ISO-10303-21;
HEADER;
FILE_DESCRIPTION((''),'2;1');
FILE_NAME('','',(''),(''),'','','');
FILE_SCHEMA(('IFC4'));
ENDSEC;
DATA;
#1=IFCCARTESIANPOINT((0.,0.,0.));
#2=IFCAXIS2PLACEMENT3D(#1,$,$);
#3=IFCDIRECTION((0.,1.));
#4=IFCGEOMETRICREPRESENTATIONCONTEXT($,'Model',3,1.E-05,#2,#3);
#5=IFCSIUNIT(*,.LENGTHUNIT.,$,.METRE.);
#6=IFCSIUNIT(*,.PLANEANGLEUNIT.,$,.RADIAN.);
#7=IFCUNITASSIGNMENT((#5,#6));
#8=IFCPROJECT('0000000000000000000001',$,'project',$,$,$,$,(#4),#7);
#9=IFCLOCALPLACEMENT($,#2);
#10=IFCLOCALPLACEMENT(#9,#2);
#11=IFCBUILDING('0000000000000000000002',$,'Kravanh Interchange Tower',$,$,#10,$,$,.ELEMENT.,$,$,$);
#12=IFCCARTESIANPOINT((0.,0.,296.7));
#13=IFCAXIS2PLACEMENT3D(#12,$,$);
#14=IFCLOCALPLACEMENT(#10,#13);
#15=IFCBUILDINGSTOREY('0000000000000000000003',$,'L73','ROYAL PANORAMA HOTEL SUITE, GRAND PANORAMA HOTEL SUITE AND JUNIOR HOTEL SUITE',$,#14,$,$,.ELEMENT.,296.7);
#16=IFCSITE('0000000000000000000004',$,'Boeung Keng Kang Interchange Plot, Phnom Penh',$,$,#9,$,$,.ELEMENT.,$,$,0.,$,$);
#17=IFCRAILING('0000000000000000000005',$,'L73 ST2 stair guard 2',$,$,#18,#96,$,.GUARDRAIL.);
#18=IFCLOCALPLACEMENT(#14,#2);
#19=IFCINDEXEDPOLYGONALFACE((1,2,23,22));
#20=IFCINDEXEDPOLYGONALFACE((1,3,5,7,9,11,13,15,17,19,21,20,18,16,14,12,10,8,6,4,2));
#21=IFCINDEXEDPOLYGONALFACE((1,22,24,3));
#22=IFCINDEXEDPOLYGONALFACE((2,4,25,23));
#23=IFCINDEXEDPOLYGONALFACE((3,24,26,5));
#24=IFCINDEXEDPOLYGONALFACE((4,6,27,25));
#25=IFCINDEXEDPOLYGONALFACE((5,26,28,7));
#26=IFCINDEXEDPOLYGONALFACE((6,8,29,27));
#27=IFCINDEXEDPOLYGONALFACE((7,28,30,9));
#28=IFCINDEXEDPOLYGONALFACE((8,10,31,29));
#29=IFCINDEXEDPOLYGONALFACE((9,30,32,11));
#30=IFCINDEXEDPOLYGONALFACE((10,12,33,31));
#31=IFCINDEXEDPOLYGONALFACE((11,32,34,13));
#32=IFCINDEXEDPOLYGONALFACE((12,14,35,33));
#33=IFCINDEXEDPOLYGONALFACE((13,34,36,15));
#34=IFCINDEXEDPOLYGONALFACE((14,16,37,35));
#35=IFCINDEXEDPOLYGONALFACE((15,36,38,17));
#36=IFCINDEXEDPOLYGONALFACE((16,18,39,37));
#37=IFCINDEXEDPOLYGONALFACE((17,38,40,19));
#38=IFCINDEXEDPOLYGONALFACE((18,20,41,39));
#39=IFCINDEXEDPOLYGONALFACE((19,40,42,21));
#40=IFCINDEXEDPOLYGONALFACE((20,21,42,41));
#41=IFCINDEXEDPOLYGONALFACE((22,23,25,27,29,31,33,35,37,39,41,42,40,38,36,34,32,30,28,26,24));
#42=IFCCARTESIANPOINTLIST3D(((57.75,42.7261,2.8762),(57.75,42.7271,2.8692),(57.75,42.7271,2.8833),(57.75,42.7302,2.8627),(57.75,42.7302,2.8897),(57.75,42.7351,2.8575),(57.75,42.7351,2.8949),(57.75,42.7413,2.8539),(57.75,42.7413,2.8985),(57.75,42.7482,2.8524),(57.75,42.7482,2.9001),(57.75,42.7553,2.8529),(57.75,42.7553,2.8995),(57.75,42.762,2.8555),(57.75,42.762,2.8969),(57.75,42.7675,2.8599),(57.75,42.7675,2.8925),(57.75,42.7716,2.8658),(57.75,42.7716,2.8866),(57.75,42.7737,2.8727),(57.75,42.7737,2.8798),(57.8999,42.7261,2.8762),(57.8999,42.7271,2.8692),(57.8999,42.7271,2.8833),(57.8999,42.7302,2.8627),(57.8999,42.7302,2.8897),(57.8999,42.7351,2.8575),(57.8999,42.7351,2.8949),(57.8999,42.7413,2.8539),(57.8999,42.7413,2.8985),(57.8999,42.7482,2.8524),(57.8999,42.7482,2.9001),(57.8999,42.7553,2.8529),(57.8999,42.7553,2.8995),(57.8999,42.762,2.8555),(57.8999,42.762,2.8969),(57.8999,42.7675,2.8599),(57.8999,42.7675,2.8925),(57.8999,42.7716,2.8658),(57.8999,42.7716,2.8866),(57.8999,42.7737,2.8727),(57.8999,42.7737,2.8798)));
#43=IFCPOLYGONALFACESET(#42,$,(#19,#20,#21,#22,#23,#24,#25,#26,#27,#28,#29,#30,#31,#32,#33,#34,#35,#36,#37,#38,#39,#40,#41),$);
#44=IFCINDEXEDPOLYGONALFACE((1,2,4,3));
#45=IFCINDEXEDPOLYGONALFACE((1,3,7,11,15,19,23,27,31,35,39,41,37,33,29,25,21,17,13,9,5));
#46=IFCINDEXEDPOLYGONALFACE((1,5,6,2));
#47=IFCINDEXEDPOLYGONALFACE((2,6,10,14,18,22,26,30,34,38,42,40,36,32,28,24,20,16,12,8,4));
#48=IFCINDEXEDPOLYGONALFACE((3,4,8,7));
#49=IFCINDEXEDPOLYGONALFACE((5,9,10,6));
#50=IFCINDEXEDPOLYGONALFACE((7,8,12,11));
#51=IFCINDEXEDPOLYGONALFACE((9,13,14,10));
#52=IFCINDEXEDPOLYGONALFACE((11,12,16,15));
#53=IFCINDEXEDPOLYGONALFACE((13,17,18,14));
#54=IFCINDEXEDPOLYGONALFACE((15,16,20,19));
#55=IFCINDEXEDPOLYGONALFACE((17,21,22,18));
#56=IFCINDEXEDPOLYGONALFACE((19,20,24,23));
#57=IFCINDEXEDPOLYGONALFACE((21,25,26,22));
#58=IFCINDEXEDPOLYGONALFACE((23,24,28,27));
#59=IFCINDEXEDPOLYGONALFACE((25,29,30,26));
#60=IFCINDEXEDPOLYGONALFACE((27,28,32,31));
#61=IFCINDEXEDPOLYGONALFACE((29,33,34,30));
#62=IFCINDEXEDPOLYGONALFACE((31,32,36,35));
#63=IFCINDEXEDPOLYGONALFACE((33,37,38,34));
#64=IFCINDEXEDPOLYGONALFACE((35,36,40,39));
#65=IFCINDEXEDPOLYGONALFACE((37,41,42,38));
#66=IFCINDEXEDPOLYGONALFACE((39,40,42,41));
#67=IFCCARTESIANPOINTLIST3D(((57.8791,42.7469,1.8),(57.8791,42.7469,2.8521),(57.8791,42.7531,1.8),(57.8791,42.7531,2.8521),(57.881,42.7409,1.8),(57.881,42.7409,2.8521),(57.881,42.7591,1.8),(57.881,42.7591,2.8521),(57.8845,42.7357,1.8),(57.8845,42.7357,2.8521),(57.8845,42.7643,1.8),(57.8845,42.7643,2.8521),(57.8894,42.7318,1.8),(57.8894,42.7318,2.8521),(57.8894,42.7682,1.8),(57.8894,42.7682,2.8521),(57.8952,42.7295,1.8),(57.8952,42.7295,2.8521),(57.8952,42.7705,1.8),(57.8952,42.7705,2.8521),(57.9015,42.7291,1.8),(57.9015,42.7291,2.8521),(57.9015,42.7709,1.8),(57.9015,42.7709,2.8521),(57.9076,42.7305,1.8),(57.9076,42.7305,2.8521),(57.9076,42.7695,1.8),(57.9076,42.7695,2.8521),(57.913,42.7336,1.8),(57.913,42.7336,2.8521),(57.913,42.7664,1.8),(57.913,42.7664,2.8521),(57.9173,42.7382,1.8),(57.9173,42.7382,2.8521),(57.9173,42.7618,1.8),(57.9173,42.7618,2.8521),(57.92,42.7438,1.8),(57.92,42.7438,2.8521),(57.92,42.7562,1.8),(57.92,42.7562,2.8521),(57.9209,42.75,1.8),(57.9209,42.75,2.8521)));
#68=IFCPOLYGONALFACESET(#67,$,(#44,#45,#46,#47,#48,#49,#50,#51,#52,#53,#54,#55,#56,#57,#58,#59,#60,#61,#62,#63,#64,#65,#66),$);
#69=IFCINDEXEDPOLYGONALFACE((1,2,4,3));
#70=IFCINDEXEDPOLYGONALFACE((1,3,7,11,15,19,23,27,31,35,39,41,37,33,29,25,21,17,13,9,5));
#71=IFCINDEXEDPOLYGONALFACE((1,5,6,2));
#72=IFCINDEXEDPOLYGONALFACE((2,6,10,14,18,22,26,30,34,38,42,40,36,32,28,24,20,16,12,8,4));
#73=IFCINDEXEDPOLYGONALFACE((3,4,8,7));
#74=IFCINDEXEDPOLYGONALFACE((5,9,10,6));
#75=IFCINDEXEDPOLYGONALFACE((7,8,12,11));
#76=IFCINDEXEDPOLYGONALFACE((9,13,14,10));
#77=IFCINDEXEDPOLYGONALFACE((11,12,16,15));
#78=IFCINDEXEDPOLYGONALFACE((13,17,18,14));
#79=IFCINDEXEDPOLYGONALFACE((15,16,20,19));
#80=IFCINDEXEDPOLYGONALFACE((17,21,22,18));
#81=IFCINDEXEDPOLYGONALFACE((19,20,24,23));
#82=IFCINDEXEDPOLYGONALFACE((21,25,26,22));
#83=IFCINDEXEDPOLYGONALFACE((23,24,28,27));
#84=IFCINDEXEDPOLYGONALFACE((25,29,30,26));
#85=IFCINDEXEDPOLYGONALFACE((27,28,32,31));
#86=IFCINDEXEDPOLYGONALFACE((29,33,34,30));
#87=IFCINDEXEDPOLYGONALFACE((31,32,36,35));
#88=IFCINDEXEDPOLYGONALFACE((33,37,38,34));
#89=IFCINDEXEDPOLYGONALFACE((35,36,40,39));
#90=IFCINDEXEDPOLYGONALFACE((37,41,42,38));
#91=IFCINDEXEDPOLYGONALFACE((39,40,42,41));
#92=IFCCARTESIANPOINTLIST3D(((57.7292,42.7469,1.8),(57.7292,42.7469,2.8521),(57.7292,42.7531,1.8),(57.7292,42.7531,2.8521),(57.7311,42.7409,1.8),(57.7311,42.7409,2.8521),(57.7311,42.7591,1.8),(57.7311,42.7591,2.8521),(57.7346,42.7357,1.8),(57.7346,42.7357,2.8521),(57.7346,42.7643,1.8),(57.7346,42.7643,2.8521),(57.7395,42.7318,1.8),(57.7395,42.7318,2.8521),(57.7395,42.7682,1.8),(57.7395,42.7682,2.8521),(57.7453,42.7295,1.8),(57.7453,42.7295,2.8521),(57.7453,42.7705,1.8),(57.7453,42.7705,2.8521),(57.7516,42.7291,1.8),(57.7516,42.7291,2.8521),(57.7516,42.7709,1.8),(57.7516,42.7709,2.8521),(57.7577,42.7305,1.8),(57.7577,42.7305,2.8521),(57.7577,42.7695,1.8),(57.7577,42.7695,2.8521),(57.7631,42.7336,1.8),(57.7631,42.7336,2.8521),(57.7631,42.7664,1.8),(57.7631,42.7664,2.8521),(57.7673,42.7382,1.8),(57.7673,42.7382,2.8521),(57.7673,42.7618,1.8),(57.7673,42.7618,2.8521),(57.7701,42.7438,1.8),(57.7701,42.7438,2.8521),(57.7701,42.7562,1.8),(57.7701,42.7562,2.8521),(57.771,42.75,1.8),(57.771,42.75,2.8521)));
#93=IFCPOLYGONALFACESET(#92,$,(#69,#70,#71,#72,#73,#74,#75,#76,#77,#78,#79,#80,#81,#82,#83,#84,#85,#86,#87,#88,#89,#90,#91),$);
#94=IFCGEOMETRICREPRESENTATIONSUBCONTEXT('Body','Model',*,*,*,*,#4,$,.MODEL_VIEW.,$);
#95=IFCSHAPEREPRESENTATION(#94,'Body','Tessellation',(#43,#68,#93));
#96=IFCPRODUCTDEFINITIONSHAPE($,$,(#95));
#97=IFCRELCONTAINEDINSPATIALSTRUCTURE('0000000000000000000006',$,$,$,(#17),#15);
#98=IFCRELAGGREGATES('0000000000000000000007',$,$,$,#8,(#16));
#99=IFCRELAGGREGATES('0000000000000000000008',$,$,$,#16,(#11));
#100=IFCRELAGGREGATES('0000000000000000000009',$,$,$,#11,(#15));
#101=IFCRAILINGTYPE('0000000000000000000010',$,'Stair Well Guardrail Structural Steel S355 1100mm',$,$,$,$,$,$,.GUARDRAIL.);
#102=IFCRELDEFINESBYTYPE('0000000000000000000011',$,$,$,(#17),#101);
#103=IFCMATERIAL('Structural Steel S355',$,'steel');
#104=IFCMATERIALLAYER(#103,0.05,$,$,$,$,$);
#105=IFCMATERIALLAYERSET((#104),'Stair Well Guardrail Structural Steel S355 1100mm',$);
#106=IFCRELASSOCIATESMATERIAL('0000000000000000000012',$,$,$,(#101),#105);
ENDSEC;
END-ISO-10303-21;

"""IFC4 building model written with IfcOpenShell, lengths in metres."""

from ifc_helpers import new_model, si_unit, direction, frame, origin, origin_2d, place, context, subcontext, project, spatial, circle, extrude, material, layer, layer_set, type_object, element, save


model = new_model("IFC4")

# Units and contexts
model_context = context("Model", 3, precision=1e-05, world=origin(), true_north=direction((0.0, 1.0)))
body_context = subcontext(model_context, "Body", "Model", "MODEL_VIEW")
ifc_project = project(units=[si_unit("LENGTHUNIT", "METRE"), si_unit("PLANEANGLEUNIT", "RADIAN")], contexts=[model_context])

# Site, building, storey
site_placement = place(None, origin())
site = spatial("IfcSite", under=ifc_project, at=site_placement, Name="Boeung Keng Kang Interchange Plot, Phnom Penh", CompositionType="ELEMENT", RefElevation=0.0)
building_placement = place(site_placement, origin())
building = spatial("IfcBuilding", under=site, at=building_placement, Name="Kravanh Interchange Tower", CompositionType="ELEMENT")
storey_placement = place(building_placement, frame((0.0, 0.0, 296.7)))
storey = spatial("IfcBuildingStorey", under=building, at=storey_placement, Name="L73", Description="ROYAL PANORAMA HOTEL SUITE, GRAND PANORAMA HOTEL SUITE AND JUNIOR HOTEL SUITE", CompositionType="ELEMENT", Elevation=296.7)

# Railing
ifc_material_1 = material(Name="Structural Steel S355", Category="steel")
ifc_layer_1 = layer(ifc_material_1, 0.05)
ifc_layer_set_1 = layer_set([ifc_layer_1], Name="Stair Well Guardrail Structural Steel S355 1100mm")
railing_type_1 = type_object("IfcRailingType", Name="Stair Well Guardrail Structural Steel S355 1100mm", PredefinedType="GUARDRAIL", material=ifc_layer_set_1)
railing_1_placement = place(storey_placement, frame((57.8999, 42.75, 1.8)))
element("IfcRailing", 1, at=railing_1_placement, inside=storey, type_object=railing_type_1, Name="L73 ST2 stair guard 2", PredefinedType="GUARDRAIL", context=body_context, shape_type="SweptSolid", body=[
    extrude(circle(Radius=0.0239, at=origin_2d()), frame((0.0, 0.0, 1.0762), z_axis=(-1.0, 0.0, 0.0), x_axis=(0.0, -1.0, 0.0)), (0.0, 0.0, 1.0), 0.1499),
    extrude(circle(Radius=0.021, at=origin_2d()), origin(), (0.0, 0.0, 1.0), 1.052),
    extrude(circle(Radius=0.021, at=origin_2d()), frame((-0.1499, 0.0, 0.0)), (0.0, 0.0, 1.0), 1.052),
])

save(model, "model.ifc")
